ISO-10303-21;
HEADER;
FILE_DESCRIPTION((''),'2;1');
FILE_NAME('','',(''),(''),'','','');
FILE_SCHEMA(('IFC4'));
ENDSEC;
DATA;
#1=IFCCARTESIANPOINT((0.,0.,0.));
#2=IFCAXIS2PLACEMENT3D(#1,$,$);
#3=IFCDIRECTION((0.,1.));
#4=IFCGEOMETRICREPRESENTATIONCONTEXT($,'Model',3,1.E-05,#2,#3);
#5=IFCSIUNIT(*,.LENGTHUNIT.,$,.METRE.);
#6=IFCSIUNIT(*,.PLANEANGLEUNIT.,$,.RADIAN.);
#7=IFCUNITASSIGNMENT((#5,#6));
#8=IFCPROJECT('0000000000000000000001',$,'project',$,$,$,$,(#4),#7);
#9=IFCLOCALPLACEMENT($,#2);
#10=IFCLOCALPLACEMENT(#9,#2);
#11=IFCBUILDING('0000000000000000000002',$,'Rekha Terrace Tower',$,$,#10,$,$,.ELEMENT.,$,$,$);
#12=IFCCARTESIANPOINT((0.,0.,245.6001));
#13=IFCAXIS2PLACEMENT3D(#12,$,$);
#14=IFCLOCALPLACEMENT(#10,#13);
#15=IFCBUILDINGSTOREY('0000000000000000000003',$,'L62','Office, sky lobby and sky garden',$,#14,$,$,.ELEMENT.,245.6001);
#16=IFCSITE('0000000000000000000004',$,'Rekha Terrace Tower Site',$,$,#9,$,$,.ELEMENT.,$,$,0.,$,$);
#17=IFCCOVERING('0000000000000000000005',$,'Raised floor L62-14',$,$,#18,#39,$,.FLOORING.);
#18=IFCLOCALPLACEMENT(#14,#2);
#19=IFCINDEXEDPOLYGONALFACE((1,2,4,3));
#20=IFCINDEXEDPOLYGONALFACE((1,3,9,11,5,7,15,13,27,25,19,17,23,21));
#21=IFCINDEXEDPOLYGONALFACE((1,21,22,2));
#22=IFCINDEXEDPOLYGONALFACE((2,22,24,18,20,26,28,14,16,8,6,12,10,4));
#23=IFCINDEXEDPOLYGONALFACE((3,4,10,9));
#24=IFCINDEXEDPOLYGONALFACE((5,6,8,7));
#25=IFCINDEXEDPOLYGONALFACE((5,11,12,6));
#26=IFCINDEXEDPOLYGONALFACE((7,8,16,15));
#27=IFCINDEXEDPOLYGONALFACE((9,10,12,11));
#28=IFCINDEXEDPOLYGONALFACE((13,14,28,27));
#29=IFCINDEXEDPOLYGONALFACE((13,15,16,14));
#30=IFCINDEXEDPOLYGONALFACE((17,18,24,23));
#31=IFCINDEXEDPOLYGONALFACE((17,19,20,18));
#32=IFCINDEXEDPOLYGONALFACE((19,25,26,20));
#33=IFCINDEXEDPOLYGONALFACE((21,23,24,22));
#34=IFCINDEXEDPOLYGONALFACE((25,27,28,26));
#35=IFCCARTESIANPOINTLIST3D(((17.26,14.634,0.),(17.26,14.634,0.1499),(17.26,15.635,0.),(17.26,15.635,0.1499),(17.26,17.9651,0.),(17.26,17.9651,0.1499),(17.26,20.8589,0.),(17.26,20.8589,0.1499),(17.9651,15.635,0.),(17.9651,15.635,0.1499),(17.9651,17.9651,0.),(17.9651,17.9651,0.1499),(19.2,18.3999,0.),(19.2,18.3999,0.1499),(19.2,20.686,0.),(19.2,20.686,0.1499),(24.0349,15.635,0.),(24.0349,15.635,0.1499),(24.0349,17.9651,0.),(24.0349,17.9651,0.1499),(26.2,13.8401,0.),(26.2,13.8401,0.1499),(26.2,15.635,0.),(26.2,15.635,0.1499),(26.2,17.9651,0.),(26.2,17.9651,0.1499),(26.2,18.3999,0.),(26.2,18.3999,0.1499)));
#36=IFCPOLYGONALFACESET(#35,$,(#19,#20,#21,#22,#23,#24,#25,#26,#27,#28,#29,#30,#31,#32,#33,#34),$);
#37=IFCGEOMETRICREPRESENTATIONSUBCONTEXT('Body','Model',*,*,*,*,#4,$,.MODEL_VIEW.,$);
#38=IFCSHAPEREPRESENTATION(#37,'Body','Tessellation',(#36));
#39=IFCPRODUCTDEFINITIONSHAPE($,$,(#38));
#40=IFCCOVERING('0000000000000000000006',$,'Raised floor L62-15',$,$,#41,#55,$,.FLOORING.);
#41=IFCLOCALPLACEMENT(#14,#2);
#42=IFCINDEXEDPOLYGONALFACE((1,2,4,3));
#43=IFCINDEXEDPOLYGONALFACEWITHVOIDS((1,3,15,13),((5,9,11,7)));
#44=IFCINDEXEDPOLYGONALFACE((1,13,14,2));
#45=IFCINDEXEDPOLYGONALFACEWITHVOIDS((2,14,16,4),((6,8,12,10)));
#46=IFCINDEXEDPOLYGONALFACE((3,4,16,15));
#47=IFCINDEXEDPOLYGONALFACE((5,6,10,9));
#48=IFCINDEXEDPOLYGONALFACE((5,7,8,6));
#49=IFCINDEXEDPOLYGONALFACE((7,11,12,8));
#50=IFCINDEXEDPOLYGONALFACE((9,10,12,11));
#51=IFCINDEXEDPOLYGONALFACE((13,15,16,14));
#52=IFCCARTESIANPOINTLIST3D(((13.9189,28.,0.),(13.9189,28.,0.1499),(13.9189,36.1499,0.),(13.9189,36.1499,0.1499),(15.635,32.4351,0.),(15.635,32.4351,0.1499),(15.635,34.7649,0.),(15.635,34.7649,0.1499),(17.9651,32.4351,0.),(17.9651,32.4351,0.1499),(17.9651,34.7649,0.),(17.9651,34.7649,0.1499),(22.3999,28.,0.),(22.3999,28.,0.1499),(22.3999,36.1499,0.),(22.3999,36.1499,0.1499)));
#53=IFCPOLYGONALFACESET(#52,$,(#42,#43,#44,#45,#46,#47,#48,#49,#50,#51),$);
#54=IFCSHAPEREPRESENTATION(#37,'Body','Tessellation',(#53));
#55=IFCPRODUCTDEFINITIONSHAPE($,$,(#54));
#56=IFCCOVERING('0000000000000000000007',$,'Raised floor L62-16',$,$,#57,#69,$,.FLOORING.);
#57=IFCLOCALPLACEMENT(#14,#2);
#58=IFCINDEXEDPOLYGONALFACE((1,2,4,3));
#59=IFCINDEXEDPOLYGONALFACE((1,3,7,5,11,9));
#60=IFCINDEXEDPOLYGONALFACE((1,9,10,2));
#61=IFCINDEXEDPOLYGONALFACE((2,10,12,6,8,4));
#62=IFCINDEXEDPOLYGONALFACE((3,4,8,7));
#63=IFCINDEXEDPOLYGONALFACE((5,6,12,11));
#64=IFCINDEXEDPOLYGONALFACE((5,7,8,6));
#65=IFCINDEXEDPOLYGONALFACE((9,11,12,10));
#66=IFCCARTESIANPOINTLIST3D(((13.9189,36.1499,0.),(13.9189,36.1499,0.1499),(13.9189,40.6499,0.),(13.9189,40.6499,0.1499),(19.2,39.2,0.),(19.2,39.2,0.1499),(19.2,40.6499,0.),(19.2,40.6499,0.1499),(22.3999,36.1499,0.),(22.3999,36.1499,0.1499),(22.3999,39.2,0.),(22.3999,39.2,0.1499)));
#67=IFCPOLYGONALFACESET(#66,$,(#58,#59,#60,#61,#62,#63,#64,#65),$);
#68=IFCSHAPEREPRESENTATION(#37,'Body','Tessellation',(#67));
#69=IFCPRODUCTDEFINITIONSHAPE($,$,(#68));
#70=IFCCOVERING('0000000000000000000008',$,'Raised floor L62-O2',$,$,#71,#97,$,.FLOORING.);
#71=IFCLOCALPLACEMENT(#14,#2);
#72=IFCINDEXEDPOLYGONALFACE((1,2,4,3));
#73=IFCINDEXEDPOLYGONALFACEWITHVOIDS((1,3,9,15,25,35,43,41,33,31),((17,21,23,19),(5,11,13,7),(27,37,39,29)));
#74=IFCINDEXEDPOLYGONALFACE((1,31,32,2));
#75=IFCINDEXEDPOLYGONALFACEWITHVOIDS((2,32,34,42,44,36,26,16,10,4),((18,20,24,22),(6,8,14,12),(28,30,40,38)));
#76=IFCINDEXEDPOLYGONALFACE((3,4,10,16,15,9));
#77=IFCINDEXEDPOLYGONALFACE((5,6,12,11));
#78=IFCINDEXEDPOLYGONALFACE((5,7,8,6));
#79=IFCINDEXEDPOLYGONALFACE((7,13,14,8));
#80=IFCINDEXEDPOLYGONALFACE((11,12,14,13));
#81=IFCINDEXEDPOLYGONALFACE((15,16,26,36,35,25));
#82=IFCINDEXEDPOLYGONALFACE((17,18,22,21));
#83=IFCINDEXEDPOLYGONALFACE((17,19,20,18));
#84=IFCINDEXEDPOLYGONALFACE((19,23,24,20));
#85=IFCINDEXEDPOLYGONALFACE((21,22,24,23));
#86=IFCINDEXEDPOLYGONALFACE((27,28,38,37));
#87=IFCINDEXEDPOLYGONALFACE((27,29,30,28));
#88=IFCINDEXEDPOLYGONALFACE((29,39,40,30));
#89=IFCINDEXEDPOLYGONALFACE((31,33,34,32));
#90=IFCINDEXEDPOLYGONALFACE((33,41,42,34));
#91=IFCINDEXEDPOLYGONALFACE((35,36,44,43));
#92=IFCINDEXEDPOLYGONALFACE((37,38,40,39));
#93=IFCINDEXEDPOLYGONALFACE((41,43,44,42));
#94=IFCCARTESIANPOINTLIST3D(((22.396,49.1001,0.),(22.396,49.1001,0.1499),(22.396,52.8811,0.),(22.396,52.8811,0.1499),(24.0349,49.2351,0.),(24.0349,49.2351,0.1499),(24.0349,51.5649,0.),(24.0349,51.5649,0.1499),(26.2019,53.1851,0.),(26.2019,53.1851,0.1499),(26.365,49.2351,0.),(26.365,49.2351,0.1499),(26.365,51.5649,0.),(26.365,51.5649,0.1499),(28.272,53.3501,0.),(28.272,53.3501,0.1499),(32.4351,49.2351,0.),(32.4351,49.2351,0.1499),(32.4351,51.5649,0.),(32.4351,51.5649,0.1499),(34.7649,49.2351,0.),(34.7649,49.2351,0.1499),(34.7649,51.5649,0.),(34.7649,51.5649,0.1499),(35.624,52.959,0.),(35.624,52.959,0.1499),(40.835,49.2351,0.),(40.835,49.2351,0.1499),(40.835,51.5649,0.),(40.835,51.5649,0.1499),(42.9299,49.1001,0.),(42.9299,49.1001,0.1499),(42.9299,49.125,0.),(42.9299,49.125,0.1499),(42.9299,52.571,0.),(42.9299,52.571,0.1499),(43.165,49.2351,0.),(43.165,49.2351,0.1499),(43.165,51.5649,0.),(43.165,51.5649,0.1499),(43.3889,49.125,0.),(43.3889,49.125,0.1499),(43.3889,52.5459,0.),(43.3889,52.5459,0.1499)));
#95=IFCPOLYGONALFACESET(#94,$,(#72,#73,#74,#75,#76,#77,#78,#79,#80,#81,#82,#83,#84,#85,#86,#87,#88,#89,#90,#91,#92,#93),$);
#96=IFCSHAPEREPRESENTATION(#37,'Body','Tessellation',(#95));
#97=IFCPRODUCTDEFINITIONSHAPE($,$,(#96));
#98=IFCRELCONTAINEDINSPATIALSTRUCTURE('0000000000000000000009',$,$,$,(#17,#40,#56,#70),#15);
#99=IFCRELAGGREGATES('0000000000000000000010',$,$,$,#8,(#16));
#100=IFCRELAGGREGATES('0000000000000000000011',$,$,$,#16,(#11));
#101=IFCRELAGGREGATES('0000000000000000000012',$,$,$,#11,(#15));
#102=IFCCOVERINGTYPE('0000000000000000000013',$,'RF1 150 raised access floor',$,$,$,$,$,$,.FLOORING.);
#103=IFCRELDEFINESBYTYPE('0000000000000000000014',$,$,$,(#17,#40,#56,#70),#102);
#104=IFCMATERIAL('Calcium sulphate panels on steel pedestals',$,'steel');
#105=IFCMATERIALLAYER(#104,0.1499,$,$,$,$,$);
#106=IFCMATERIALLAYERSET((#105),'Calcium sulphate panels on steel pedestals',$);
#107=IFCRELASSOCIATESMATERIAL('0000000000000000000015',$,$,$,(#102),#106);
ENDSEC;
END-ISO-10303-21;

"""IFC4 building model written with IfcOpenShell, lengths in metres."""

from ifc_helpers import new_model, si_unit, direction, frame, origin, place, context, subcontext, project, spatial, polyline, outline, extrude, material, layer, layer_set, type_object, element, save


model = new_model("IFC4")

# Units and contexts
model_context = context("Model", 3, precision=1e-05, world=origin(), true_north=direction((0.0, 1.0)))
body_context = subcontext(model_context, "Body", "Model", "MODEL_VIEW")
ifc_project = project(units=[si_unit("LENGTHUNIT", "METRE"), si_unit("PLANEANGLEUNIT", "RADIAN")], contexts=[model_context])

# Site, building, storey
site_placement = place(None, origin())
site = spatial("IfcSite", under=ifc_project, at=site_placement, Name="Rekha Terrace Tower Site", CompositionType="ELEMENT", RefElevation=0.0)
building_placement = place(site_placement, origin())
building = spatial("IfcBuilding", under=site, at=building_placement, Name="Rekha Terrace Tower", CompositionType="ELEMENT")
storey_placement = place(building_placement, frame((0.0, 0.0, 245.6001)))
storey = spatial("IfcBuildingStorey", under=building, at=storey_placement, Name="L62", Description="Office, sky lobby and sky garden", CompositionType="ELEMENT", Elevation=245.6001)

# Coverings
ifc_material_1 = material(Name="Calcium sulphate panels on steel pedestals", Category="steel")
ifc_layer_1 = layer(ifc_material_1, 0.1499)
ifc_layer_set_1 = layer_set([ifc_layer_1], Name="Calcium sulphate panels on steel pedestals")
covering_type_1 = type_object("IfcCoveringType", Name="RF1 150 raised access floor", PredefinedType="FLOORING", material=ifc_layer_set_1)
covering_1_placement = place(storey_placement, origin())
element("IfcCovering", 1, at=covering_1_placement, inside=storey, type_object=covering_type_1, Name="Raised floor L62-14", PredefinedType="FLOORING", context=body_context, shape_type="SweptSolid", body=[
    extrude(outline(polyline([(26.2, 17.9651), (26.2, 18.3999), (19.2, 18.3999), (19.2, 20.686), (17.26, 20.8589), (17.26, 17.9651), (17.9651, 17.9651), (17.9651, 15.635), (17.26, 15.635), (17.26, 14.634), (26.2, 13.8401), (26.2, 15.635), (24.0349, 15.635), (24.0349, 17.9651), (26.2, 17.9651)])), origin(), (0.0, 0.0, 1.0), 0.1499),
])
covering_2_placement = place(storey_placement, origin())
element("IfcCovering", 2, at=covering_2_placement, inside=storey, type_object=covering_type_1, Name="Raised floor L62-15", PredefinedType="FLOORING", context=body_context, shape_type="SweptSolid", body=[
    extrude(outline(polyline([(22.3999, 36.1499), (13.9189, 36.1499), (13.9189, 28.0), (22.3999, 28.0), (22.3999, 36.1499)]), holes=[polyline([(17.9651, 34.7649), (17.9651, 32.4351), (15.635, 32.4351), (15.635, 34.7649), (17.9651, 34.7649)])]), origin(), (0.0, 0.0, 1.0), 0.1499),
])
covering_3_placement = place(storey_placement, origin())
element("IfcCovering", 3, at=covering_3_placement, inside=storey, type_object=covering_type_1, Name="Raised floor L62-16", PredefinedType="FLOORING", context=body_context, shape_type="SweptSolid", body=[
    extrude(outline(polyline([(13.9189, 36.1499), (22.3999, 36.1499), (22.3999, 39.2), (19.2, 39.2), (19.2, 40.6499), (13.9189, 40.6499), (13.9189, 36.1499)])), origin(), (0.0, 0.0, 1.0), 0.1499),
])
covering_4_placement = place(storey_placement, origin())
element("IfcCovering", 4, at=covering_4_placement, inside=storey, type_object=covering_type_1, Name="Raised floor L62-O2", PredefinedType="FLOORING", context=body_context, shape_type="SweptSolid", body=[
    extrude(outline(polyline([(35.624, 52.959), (28.272, 53.3501), (26.2019, 53.1851), (22.396, 52.8811), (22.396, 49.1001), (42.9299, 49.1001), (42.9299, 49.125), (43.3889, 49.125), (43.3889, 52.5459), (42.9299, 52.571), (35.624, 52.959)]), holes=[polyline([(43.165, 49.2351), (40.835, 49.2351), (40.835, 51.5649), (43.165, 51.5649), (43.165, 49.2351)]), polyline([(34.7649, 49.2351), (32.4351, 49.2351), (32.4351, 51.5649), (34.7649, 51.5649), (34.7649, 49.2351)]), polyline([(26.365, 51.5649), (26.365, 49.2351), (24.0349, 49.2351), (24.0349, 51.5649), (26.365, 51.5649)])]), origin(), (0.0, 0.0, 1.0), 0.1499),
])

save(model, "model.ifc")
